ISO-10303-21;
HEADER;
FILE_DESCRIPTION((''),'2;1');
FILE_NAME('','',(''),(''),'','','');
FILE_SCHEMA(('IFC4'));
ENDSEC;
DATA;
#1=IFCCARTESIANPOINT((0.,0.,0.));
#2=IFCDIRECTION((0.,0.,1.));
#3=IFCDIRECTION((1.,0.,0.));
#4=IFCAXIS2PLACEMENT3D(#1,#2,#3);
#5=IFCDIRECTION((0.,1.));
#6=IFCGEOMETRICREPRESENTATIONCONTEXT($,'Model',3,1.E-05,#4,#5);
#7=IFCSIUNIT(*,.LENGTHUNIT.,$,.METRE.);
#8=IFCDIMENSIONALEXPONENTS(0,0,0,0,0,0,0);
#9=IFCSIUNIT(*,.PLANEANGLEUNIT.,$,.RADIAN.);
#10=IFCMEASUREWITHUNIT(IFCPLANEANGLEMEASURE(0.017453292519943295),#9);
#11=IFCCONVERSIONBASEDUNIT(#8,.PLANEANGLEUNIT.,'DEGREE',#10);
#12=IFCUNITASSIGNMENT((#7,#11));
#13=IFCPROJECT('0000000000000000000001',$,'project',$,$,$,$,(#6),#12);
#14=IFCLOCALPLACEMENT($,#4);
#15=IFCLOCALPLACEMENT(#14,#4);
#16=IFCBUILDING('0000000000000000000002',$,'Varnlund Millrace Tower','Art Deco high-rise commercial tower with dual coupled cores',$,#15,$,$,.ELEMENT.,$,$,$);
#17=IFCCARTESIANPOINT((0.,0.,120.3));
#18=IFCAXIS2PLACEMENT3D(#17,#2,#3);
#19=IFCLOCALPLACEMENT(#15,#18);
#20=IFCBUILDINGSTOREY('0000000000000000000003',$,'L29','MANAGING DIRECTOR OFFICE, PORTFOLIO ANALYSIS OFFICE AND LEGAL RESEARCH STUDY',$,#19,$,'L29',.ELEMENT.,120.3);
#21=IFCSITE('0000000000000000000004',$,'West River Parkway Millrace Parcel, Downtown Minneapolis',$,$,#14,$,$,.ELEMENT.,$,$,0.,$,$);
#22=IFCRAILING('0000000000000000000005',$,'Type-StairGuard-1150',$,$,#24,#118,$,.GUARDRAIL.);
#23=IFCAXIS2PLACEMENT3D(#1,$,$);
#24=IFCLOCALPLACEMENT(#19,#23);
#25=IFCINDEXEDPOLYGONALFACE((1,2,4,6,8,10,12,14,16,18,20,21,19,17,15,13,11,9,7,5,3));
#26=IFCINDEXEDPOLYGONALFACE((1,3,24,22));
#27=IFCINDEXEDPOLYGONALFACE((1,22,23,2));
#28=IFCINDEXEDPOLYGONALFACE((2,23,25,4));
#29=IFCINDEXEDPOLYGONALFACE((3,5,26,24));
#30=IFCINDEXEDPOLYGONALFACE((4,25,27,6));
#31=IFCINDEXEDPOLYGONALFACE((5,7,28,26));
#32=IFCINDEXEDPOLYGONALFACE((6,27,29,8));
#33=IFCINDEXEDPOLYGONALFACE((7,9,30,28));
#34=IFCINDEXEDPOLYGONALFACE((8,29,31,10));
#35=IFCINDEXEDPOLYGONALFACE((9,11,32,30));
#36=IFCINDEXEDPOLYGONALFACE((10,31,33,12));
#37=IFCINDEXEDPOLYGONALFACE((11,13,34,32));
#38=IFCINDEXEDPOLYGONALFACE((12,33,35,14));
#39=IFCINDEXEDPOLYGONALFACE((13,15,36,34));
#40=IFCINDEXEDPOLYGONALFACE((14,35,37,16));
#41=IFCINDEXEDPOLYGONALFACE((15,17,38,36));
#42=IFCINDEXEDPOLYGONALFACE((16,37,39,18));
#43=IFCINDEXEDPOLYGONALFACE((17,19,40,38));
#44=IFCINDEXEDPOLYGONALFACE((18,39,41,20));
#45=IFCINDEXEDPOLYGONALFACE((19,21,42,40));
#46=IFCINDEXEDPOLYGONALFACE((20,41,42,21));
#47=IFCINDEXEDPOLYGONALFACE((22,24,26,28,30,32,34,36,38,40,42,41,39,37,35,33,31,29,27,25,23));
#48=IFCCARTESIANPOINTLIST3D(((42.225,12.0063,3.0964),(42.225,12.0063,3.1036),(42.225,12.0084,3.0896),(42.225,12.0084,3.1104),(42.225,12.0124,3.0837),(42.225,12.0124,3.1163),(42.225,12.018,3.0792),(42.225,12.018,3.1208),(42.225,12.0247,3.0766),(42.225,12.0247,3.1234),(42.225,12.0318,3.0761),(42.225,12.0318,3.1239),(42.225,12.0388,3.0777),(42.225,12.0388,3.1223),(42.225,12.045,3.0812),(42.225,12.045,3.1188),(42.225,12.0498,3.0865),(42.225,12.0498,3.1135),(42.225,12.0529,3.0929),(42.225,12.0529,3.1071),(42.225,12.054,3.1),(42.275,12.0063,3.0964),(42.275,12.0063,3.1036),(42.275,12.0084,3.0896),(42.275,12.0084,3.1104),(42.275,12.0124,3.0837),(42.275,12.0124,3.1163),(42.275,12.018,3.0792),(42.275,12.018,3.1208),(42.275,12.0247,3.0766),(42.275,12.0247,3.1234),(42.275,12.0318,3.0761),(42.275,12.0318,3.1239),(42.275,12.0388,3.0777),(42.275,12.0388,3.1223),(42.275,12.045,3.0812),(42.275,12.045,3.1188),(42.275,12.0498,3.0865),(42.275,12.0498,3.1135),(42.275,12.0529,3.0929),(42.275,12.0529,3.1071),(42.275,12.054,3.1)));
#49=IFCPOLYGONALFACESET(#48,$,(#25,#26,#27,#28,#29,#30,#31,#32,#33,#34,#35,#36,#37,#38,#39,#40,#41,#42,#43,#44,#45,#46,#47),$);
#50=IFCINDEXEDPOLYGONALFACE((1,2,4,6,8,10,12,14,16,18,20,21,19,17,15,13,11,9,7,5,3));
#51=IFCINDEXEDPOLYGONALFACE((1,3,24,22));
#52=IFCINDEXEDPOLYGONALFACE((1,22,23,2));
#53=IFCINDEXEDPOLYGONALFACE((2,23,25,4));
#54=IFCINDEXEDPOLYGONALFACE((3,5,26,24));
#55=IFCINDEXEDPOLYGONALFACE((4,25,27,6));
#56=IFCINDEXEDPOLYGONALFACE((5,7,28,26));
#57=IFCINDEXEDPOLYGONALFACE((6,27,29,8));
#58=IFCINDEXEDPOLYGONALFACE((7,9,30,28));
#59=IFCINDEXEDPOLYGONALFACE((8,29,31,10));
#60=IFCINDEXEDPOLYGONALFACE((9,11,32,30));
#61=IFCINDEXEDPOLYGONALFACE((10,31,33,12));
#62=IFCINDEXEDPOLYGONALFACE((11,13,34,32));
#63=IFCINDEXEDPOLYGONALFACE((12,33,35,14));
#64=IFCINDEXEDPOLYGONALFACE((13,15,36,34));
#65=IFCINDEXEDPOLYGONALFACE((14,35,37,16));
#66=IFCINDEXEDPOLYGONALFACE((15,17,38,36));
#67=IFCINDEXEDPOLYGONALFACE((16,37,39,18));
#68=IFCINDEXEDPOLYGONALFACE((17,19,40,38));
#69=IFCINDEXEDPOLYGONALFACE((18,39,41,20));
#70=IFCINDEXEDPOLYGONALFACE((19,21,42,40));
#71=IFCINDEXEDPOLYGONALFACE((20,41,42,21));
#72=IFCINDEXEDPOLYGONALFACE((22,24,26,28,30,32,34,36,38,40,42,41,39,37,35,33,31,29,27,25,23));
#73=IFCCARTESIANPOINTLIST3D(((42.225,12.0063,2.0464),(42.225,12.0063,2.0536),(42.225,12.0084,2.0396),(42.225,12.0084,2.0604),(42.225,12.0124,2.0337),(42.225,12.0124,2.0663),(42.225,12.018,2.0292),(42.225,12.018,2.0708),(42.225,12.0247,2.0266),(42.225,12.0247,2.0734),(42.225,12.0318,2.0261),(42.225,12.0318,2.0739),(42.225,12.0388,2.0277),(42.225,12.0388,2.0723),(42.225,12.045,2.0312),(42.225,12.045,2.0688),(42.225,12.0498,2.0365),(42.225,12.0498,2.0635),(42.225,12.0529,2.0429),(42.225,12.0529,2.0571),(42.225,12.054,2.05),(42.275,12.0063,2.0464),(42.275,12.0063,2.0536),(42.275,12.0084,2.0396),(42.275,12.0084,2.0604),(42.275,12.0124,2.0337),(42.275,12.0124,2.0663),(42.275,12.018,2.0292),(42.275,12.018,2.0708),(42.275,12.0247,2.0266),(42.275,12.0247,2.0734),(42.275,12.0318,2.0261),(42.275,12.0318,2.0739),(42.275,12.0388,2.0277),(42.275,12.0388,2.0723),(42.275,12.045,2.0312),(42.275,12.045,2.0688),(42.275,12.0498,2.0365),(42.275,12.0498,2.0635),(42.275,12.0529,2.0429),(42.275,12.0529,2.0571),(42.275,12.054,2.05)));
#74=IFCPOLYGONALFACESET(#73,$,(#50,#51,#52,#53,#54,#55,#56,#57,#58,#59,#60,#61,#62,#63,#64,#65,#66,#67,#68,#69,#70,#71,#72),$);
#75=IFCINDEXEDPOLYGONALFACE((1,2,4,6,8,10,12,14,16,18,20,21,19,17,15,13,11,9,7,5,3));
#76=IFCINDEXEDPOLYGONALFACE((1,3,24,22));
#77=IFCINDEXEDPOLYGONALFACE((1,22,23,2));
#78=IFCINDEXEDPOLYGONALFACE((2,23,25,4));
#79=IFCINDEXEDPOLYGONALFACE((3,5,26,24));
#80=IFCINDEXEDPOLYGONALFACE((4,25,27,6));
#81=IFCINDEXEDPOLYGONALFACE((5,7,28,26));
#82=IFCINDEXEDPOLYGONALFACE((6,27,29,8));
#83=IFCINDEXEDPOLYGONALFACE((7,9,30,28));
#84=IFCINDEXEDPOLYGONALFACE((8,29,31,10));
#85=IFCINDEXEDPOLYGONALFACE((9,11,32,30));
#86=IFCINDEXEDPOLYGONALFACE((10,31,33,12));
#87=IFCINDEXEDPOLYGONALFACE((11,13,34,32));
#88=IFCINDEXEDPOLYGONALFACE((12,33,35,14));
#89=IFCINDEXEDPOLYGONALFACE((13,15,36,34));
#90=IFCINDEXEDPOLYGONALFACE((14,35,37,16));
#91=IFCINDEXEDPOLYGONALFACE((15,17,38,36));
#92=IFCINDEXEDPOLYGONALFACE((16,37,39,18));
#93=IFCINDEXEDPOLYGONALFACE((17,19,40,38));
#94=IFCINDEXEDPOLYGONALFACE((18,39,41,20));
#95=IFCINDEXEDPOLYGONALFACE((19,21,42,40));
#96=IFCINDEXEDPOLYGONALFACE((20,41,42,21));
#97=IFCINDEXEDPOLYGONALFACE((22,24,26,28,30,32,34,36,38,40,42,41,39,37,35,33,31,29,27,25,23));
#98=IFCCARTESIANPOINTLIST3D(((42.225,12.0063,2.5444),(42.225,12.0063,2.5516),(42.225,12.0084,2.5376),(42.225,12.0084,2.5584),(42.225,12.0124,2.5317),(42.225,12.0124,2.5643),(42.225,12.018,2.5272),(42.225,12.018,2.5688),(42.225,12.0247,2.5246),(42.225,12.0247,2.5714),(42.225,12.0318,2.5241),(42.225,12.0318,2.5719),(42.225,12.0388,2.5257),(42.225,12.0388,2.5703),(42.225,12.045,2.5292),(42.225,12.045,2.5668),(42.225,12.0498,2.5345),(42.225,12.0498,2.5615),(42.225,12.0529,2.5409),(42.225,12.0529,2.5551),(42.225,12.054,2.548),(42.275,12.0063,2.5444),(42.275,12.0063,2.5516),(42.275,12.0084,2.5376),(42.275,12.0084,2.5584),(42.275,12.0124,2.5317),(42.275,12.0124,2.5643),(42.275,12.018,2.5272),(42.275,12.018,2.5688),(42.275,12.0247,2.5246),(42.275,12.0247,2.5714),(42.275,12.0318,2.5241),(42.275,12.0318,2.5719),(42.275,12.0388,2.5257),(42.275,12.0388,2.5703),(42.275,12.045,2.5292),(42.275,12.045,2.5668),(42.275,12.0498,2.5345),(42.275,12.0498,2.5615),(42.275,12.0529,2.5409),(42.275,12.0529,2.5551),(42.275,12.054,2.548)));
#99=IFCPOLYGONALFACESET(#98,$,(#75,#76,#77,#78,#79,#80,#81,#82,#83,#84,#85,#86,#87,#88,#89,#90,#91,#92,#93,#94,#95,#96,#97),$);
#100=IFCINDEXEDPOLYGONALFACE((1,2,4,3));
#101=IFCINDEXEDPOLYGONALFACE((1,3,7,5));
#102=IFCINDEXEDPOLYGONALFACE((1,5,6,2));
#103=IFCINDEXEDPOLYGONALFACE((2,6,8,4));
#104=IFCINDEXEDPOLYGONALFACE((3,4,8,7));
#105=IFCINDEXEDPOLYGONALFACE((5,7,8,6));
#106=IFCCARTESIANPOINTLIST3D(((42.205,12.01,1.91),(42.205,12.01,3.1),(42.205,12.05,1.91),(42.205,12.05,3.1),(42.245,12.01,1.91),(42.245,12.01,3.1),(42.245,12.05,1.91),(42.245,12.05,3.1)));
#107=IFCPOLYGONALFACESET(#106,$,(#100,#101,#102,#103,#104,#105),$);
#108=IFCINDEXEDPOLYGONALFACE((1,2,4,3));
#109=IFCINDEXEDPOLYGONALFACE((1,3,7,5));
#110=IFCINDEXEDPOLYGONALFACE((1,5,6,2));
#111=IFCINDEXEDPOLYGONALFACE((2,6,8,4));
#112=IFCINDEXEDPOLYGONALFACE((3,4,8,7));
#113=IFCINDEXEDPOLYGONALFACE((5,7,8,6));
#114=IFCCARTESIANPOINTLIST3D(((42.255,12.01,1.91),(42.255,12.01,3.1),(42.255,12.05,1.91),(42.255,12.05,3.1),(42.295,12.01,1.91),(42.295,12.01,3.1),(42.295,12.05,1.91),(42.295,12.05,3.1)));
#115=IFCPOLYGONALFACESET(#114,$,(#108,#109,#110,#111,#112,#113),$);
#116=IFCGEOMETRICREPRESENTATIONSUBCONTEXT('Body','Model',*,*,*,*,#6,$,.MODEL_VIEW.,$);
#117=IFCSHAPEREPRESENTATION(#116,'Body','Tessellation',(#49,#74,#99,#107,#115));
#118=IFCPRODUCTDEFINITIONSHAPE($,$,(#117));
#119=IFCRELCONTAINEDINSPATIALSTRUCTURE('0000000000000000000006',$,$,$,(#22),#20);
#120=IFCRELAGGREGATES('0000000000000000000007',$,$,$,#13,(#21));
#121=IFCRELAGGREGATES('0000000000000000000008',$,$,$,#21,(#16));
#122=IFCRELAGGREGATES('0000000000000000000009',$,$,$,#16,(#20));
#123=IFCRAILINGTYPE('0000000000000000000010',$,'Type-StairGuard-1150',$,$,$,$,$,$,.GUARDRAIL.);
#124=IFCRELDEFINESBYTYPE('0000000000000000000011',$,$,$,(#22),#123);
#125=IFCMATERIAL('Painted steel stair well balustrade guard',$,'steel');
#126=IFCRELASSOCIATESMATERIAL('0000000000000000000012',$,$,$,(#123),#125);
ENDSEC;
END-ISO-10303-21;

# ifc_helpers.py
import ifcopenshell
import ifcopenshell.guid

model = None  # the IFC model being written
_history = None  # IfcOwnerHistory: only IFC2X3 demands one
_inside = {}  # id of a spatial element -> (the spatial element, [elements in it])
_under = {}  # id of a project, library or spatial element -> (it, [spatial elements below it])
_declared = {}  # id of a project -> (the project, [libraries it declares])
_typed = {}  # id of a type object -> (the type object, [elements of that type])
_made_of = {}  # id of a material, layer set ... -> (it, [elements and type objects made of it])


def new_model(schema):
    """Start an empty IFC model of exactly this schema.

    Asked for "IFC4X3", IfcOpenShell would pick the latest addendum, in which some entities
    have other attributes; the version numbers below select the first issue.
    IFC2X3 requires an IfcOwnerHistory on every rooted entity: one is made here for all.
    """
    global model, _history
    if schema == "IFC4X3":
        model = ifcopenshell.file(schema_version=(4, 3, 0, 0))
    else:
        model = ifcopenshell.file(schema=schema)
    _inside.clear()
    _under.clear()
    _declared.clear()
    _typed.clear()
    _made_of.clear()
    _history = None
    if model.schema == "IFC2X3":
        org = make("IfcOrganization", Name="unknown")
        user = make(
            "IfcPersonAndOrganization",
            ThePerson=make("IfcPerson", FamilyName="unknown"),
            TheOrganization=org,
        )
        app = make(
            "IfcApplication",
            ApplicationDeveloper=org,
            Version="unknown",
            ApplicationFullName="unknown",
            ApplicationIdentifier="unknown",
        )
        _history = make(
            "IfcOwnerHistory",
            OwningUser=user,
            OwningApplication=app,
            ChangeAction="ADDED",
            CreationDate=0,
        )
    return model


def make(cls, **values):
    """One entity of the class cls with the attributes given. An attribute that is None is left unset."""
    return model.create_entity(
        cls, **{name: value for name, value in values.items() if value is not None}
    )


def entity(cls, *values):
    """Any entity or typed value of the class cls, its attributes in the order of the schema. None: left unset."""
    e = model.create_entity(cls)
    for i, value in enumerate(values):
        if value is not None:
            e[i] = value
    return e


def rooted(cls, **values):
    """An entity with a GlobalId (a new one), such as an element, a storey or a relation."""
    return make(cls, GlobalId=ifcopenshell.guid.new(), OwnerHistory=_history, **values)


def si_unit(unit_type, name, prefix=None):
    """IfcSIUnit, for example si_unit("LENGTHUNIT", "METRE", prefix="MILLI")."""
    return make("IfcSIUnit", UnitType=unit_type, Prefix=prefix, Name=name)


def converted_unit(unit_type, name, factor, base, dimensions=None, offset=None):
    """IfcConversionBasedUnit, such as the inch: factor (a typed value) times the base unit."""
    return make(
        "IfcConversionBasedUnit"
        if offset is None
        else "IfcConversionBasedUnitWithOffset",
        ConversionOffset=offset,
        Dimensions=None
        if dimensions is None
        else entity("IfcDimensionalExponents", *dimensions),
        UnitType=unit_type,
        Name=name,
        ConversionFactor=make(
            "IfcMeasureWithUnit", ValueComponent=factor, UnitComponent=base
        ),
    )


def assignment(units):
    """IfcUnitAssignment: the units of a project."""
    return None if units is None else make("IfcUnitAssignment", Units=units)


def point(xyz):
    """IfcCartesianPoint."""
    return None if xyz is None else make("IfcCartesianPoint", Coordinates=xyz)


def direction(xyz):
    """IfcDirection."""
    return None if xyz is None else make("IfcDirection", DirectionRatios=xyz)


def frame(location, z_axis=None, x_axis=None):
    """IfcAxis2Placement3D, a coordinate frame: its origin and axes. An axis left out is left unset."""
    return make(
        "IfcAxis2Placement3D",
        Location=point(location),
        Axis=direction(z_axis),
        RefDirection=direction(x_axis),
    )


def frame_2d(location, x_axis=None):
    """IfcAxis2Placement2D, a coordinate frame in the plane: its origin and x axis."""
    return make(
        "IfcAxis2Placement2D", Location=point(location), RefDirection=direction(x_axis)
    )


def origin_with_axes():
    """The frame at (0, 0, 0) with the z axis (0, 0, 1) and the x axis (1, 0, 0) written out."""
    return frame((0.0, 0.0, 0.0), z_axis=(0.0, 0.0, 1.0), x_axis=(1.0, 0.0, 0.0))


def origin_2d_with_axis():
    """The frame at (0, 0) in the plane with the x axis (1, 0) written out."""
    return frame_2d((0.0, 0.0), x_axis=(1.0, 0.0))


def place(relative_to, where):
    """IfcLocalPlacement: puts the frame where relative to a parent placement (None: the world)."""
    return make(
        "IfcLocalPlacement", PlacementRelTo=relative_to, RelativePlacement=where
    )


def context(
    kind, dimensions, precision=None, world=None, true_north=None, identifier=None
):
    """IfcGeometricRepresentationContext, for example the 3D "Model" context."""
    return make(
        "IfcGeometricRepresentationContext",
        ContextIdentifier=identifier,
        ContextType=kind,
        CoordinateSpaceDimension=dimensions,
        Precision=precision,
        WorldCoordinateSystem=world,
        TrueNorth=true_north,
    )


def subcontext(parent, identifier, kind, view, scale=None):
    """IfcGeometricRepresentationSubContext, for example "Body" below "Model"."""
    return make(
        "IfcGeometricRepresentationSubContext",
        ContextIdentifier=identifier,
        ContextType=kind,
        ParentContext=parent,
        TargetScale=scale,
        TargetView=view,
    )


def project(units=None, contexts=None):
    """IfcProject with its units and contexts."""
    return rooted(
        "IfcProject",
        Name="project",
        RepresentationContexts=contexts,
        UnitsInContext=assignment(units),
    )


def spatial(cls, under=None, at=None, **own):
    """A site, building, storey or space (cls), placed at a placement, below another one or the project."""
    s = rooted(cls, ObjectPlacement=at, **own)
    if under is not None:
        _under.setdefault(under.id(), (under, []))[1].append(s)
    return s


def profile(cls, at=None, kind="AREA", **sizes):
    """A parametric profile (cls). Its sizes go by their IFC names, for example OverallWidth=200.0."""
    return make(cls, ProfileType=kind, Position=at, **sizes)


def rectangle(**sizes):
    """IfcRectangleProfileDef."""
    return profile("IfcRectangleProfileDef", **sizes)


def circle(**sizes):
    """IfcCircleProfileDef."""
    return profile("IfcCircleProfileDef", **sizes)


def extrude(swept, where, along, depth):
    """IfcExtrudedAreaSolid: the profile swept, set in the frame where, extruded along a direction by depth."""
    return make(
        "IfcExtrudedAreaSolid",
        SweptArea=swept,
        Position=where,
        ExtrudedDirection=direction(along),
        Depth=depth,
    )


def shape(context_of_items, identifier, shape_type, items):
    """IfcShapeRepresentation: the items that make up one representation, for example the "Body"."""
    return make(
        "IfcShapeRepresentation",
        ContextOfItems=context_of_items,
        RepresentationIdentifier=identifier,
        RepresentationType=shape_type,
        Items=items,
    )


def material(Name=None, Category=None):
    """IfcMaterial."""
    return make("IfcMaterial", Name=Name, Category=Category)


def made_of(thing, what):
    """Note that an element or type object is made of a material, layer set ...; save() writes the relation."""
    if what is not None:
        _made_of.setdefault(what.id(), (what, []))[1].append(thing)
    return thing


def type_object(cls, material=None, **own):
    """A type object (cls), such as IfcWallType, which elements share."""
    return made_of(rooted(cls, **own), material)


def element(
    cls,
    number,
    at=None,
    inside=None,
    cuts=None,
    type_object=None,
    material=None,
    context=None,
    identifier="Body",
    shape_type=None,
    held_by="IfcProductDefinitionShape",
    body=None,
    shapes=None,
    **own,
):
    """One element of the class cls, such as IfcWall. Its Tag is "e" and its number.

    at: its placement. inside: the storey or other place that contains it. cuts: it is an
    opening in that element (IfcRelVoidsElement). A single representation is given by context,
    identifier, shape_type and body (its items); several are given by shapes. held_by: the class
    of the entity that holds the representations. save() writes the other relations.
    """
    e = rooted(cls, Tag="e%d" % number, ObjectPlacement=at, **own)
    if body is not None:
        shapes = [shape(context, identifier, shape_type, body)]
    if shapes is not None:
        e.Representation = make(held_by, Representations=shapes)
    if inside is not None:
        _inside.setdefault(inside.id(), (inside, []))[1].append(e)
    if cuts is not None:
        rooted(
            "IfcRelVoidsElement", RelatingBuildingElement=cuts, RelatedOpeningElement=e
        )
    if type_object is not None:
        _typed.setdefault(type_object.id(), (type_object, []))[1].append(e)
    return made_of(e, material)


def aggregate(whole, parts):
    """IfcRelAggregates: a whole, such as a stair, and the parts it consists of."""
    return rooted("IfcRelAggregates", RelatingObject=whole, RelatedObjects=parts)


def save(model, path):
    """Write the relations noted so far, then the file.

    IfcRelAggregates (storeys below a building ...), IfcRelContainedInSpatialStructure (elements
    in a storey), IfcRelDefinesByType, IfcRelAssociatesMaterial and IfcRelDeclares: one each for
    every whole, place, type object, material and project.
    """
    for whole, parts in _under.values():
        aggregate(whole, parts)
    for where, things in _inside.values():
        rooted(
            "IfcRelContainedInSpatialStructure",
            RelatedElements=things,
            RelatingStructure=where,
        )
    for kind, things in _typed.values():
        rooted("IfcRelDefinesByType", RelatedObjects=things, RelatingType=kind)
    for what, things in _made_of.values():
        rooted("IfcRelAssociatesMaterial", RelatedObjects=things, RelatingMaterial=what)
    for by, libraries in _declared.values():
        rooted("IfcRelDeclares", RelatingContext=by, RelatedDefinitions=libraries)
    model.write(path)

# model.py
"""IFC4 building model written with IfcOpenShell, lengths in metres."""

from ifc_helpers import new_model, entity, si_unit, converted_unit, direction, frame, origin_with_axes, origin_2d_with_axis, place, context, subcontext, project, spatial, rectangle, circle, extrude, material, type_object, element, save


model = new_model("IFC4")

# Units and contexts
model_context = context("Model", 3, precision=1e-05, world=origin_with_axes(), true_north=direction((0.0, 1.0)))
body_context = subcontext(model_context, "Body", "Model", "MODEL_VIEW")
ifc_project = project(units=[si_unit("LENGTHUNIT", "METRE"), converted_unit("PLANEANGLEUNIT", "DEGREE", entity("IfcPlaneAngleMeasure", 0.017453292519943295), si_unit("PLANEANGLEUNIT", "RADIAN"), dimensions=[0, 0, 0, 0, 0, 0, 0])], contexts=[model_context])

# Site, building, storey
site_placement = place(None, origin_with_axes())
site = spatial("IfcSite", under=ifc_project, at=site_placement, Name="West River Parkway Millrace Parcel, Downtown Minneapolis", CompositionType="ELEMENT", RefElevation=0.0)
building_placement = place(site_placement, origin_with_axes())
building = spatial("IfcBuilding", under=site, at=building_placement, Name="Varnlund Millrace Tower", Description="Art Deco high-rise commercial tower with dual coupled cores", CompositionType="ELEMENT")
storey_placement = place(building_placement, frame((0.0, 0.0, 120.3), z_axis=(0.0, 0.0, 1.0), x_axis=(1.0, 0.0, 0.0)))
storey = spatial("IfcBuildingStorey", under=building, at=storey_placement, Name="L29", Description="MANAGING DIRECTOR OFFICE, PORTFOLIO ANALYSIS OFFICE AND LEGAL RESEARCH STUDY", LongName="L29", CompositionType="ELEMENT", Elevation=120.3)

# Railing
ifc_material_1 = material(Name="Painted steel stair well balustrade guard", Category="steel")
railing_type_1 = type_object("IfcRailingType", Name="Type-StairGuard-1150", PredefinedType="GUARDRAIL", material=ifc_material_1)
railing_1_placement = place(storey_placement, frame((0.0, 0.0, -120.3), z_axis=(0.0, 0.0, 1.0), x_axis=(1.0, 0.0, 0.0)))
element("IfcRailing", 1, at=railing_1_placement, inside=storey, type_object=railing_type_1, Name="Type-StairGuard-1150", PredefinedType="GUARDRAIL", context=body_context, shape_type="SweptSolid", body=[
    extrude(circle(Radius=0.024, at=origin_2d_with_axis()), frame((42.225, 12.03, 123.4), z_axis=(1.0, 0.0, 0.0), x_axis=(0.0, 1.0, 0.0)), (0.0, 0.0, 1.0), 0.05),
    extrude(circle(Radius=0.024, at=origin_2d_with_axis()), frame((42.225, 12.03, 122.35), z_axis=(1.0, 0.0, 0.0), x_axis=(0.0, 1.0, 0.0)), (0.0, 0.0, 1.0), 0.05),
    extrude(circle(Radius=0.024, at=origin_2d_with_axis()), frame((42.225, 12.03, 122.848), z_axis=(1.0, 0.0, 0.0), x_axis=(0.0, 1.0, 0.0)), (0.0, 0.0, 1.0), 0.05),
    extrude(rectangle(XDim=0.04, YDim=0.04, at=origin_2d_with_axis()), frame((42.225, 12.03, 122.21), z_axis=(0.0, 0.0, 1.0), x_axis=(1.0, 0.0, 0.0)), (0.0, 0.0, 1.0), 1.19),
    extrude(rectangle(XDim=0.04, YDim=0.04, at=origin_2d_with_axis()), frame((42.275, 12.03, 122.21), z_axis=(0.0, 0.0, 1.0), x_axis=(1.0, 0.0, 0.0)), (0.0, 0.0, 1.0), 1.19),
])

save(model, "model.ifc")
